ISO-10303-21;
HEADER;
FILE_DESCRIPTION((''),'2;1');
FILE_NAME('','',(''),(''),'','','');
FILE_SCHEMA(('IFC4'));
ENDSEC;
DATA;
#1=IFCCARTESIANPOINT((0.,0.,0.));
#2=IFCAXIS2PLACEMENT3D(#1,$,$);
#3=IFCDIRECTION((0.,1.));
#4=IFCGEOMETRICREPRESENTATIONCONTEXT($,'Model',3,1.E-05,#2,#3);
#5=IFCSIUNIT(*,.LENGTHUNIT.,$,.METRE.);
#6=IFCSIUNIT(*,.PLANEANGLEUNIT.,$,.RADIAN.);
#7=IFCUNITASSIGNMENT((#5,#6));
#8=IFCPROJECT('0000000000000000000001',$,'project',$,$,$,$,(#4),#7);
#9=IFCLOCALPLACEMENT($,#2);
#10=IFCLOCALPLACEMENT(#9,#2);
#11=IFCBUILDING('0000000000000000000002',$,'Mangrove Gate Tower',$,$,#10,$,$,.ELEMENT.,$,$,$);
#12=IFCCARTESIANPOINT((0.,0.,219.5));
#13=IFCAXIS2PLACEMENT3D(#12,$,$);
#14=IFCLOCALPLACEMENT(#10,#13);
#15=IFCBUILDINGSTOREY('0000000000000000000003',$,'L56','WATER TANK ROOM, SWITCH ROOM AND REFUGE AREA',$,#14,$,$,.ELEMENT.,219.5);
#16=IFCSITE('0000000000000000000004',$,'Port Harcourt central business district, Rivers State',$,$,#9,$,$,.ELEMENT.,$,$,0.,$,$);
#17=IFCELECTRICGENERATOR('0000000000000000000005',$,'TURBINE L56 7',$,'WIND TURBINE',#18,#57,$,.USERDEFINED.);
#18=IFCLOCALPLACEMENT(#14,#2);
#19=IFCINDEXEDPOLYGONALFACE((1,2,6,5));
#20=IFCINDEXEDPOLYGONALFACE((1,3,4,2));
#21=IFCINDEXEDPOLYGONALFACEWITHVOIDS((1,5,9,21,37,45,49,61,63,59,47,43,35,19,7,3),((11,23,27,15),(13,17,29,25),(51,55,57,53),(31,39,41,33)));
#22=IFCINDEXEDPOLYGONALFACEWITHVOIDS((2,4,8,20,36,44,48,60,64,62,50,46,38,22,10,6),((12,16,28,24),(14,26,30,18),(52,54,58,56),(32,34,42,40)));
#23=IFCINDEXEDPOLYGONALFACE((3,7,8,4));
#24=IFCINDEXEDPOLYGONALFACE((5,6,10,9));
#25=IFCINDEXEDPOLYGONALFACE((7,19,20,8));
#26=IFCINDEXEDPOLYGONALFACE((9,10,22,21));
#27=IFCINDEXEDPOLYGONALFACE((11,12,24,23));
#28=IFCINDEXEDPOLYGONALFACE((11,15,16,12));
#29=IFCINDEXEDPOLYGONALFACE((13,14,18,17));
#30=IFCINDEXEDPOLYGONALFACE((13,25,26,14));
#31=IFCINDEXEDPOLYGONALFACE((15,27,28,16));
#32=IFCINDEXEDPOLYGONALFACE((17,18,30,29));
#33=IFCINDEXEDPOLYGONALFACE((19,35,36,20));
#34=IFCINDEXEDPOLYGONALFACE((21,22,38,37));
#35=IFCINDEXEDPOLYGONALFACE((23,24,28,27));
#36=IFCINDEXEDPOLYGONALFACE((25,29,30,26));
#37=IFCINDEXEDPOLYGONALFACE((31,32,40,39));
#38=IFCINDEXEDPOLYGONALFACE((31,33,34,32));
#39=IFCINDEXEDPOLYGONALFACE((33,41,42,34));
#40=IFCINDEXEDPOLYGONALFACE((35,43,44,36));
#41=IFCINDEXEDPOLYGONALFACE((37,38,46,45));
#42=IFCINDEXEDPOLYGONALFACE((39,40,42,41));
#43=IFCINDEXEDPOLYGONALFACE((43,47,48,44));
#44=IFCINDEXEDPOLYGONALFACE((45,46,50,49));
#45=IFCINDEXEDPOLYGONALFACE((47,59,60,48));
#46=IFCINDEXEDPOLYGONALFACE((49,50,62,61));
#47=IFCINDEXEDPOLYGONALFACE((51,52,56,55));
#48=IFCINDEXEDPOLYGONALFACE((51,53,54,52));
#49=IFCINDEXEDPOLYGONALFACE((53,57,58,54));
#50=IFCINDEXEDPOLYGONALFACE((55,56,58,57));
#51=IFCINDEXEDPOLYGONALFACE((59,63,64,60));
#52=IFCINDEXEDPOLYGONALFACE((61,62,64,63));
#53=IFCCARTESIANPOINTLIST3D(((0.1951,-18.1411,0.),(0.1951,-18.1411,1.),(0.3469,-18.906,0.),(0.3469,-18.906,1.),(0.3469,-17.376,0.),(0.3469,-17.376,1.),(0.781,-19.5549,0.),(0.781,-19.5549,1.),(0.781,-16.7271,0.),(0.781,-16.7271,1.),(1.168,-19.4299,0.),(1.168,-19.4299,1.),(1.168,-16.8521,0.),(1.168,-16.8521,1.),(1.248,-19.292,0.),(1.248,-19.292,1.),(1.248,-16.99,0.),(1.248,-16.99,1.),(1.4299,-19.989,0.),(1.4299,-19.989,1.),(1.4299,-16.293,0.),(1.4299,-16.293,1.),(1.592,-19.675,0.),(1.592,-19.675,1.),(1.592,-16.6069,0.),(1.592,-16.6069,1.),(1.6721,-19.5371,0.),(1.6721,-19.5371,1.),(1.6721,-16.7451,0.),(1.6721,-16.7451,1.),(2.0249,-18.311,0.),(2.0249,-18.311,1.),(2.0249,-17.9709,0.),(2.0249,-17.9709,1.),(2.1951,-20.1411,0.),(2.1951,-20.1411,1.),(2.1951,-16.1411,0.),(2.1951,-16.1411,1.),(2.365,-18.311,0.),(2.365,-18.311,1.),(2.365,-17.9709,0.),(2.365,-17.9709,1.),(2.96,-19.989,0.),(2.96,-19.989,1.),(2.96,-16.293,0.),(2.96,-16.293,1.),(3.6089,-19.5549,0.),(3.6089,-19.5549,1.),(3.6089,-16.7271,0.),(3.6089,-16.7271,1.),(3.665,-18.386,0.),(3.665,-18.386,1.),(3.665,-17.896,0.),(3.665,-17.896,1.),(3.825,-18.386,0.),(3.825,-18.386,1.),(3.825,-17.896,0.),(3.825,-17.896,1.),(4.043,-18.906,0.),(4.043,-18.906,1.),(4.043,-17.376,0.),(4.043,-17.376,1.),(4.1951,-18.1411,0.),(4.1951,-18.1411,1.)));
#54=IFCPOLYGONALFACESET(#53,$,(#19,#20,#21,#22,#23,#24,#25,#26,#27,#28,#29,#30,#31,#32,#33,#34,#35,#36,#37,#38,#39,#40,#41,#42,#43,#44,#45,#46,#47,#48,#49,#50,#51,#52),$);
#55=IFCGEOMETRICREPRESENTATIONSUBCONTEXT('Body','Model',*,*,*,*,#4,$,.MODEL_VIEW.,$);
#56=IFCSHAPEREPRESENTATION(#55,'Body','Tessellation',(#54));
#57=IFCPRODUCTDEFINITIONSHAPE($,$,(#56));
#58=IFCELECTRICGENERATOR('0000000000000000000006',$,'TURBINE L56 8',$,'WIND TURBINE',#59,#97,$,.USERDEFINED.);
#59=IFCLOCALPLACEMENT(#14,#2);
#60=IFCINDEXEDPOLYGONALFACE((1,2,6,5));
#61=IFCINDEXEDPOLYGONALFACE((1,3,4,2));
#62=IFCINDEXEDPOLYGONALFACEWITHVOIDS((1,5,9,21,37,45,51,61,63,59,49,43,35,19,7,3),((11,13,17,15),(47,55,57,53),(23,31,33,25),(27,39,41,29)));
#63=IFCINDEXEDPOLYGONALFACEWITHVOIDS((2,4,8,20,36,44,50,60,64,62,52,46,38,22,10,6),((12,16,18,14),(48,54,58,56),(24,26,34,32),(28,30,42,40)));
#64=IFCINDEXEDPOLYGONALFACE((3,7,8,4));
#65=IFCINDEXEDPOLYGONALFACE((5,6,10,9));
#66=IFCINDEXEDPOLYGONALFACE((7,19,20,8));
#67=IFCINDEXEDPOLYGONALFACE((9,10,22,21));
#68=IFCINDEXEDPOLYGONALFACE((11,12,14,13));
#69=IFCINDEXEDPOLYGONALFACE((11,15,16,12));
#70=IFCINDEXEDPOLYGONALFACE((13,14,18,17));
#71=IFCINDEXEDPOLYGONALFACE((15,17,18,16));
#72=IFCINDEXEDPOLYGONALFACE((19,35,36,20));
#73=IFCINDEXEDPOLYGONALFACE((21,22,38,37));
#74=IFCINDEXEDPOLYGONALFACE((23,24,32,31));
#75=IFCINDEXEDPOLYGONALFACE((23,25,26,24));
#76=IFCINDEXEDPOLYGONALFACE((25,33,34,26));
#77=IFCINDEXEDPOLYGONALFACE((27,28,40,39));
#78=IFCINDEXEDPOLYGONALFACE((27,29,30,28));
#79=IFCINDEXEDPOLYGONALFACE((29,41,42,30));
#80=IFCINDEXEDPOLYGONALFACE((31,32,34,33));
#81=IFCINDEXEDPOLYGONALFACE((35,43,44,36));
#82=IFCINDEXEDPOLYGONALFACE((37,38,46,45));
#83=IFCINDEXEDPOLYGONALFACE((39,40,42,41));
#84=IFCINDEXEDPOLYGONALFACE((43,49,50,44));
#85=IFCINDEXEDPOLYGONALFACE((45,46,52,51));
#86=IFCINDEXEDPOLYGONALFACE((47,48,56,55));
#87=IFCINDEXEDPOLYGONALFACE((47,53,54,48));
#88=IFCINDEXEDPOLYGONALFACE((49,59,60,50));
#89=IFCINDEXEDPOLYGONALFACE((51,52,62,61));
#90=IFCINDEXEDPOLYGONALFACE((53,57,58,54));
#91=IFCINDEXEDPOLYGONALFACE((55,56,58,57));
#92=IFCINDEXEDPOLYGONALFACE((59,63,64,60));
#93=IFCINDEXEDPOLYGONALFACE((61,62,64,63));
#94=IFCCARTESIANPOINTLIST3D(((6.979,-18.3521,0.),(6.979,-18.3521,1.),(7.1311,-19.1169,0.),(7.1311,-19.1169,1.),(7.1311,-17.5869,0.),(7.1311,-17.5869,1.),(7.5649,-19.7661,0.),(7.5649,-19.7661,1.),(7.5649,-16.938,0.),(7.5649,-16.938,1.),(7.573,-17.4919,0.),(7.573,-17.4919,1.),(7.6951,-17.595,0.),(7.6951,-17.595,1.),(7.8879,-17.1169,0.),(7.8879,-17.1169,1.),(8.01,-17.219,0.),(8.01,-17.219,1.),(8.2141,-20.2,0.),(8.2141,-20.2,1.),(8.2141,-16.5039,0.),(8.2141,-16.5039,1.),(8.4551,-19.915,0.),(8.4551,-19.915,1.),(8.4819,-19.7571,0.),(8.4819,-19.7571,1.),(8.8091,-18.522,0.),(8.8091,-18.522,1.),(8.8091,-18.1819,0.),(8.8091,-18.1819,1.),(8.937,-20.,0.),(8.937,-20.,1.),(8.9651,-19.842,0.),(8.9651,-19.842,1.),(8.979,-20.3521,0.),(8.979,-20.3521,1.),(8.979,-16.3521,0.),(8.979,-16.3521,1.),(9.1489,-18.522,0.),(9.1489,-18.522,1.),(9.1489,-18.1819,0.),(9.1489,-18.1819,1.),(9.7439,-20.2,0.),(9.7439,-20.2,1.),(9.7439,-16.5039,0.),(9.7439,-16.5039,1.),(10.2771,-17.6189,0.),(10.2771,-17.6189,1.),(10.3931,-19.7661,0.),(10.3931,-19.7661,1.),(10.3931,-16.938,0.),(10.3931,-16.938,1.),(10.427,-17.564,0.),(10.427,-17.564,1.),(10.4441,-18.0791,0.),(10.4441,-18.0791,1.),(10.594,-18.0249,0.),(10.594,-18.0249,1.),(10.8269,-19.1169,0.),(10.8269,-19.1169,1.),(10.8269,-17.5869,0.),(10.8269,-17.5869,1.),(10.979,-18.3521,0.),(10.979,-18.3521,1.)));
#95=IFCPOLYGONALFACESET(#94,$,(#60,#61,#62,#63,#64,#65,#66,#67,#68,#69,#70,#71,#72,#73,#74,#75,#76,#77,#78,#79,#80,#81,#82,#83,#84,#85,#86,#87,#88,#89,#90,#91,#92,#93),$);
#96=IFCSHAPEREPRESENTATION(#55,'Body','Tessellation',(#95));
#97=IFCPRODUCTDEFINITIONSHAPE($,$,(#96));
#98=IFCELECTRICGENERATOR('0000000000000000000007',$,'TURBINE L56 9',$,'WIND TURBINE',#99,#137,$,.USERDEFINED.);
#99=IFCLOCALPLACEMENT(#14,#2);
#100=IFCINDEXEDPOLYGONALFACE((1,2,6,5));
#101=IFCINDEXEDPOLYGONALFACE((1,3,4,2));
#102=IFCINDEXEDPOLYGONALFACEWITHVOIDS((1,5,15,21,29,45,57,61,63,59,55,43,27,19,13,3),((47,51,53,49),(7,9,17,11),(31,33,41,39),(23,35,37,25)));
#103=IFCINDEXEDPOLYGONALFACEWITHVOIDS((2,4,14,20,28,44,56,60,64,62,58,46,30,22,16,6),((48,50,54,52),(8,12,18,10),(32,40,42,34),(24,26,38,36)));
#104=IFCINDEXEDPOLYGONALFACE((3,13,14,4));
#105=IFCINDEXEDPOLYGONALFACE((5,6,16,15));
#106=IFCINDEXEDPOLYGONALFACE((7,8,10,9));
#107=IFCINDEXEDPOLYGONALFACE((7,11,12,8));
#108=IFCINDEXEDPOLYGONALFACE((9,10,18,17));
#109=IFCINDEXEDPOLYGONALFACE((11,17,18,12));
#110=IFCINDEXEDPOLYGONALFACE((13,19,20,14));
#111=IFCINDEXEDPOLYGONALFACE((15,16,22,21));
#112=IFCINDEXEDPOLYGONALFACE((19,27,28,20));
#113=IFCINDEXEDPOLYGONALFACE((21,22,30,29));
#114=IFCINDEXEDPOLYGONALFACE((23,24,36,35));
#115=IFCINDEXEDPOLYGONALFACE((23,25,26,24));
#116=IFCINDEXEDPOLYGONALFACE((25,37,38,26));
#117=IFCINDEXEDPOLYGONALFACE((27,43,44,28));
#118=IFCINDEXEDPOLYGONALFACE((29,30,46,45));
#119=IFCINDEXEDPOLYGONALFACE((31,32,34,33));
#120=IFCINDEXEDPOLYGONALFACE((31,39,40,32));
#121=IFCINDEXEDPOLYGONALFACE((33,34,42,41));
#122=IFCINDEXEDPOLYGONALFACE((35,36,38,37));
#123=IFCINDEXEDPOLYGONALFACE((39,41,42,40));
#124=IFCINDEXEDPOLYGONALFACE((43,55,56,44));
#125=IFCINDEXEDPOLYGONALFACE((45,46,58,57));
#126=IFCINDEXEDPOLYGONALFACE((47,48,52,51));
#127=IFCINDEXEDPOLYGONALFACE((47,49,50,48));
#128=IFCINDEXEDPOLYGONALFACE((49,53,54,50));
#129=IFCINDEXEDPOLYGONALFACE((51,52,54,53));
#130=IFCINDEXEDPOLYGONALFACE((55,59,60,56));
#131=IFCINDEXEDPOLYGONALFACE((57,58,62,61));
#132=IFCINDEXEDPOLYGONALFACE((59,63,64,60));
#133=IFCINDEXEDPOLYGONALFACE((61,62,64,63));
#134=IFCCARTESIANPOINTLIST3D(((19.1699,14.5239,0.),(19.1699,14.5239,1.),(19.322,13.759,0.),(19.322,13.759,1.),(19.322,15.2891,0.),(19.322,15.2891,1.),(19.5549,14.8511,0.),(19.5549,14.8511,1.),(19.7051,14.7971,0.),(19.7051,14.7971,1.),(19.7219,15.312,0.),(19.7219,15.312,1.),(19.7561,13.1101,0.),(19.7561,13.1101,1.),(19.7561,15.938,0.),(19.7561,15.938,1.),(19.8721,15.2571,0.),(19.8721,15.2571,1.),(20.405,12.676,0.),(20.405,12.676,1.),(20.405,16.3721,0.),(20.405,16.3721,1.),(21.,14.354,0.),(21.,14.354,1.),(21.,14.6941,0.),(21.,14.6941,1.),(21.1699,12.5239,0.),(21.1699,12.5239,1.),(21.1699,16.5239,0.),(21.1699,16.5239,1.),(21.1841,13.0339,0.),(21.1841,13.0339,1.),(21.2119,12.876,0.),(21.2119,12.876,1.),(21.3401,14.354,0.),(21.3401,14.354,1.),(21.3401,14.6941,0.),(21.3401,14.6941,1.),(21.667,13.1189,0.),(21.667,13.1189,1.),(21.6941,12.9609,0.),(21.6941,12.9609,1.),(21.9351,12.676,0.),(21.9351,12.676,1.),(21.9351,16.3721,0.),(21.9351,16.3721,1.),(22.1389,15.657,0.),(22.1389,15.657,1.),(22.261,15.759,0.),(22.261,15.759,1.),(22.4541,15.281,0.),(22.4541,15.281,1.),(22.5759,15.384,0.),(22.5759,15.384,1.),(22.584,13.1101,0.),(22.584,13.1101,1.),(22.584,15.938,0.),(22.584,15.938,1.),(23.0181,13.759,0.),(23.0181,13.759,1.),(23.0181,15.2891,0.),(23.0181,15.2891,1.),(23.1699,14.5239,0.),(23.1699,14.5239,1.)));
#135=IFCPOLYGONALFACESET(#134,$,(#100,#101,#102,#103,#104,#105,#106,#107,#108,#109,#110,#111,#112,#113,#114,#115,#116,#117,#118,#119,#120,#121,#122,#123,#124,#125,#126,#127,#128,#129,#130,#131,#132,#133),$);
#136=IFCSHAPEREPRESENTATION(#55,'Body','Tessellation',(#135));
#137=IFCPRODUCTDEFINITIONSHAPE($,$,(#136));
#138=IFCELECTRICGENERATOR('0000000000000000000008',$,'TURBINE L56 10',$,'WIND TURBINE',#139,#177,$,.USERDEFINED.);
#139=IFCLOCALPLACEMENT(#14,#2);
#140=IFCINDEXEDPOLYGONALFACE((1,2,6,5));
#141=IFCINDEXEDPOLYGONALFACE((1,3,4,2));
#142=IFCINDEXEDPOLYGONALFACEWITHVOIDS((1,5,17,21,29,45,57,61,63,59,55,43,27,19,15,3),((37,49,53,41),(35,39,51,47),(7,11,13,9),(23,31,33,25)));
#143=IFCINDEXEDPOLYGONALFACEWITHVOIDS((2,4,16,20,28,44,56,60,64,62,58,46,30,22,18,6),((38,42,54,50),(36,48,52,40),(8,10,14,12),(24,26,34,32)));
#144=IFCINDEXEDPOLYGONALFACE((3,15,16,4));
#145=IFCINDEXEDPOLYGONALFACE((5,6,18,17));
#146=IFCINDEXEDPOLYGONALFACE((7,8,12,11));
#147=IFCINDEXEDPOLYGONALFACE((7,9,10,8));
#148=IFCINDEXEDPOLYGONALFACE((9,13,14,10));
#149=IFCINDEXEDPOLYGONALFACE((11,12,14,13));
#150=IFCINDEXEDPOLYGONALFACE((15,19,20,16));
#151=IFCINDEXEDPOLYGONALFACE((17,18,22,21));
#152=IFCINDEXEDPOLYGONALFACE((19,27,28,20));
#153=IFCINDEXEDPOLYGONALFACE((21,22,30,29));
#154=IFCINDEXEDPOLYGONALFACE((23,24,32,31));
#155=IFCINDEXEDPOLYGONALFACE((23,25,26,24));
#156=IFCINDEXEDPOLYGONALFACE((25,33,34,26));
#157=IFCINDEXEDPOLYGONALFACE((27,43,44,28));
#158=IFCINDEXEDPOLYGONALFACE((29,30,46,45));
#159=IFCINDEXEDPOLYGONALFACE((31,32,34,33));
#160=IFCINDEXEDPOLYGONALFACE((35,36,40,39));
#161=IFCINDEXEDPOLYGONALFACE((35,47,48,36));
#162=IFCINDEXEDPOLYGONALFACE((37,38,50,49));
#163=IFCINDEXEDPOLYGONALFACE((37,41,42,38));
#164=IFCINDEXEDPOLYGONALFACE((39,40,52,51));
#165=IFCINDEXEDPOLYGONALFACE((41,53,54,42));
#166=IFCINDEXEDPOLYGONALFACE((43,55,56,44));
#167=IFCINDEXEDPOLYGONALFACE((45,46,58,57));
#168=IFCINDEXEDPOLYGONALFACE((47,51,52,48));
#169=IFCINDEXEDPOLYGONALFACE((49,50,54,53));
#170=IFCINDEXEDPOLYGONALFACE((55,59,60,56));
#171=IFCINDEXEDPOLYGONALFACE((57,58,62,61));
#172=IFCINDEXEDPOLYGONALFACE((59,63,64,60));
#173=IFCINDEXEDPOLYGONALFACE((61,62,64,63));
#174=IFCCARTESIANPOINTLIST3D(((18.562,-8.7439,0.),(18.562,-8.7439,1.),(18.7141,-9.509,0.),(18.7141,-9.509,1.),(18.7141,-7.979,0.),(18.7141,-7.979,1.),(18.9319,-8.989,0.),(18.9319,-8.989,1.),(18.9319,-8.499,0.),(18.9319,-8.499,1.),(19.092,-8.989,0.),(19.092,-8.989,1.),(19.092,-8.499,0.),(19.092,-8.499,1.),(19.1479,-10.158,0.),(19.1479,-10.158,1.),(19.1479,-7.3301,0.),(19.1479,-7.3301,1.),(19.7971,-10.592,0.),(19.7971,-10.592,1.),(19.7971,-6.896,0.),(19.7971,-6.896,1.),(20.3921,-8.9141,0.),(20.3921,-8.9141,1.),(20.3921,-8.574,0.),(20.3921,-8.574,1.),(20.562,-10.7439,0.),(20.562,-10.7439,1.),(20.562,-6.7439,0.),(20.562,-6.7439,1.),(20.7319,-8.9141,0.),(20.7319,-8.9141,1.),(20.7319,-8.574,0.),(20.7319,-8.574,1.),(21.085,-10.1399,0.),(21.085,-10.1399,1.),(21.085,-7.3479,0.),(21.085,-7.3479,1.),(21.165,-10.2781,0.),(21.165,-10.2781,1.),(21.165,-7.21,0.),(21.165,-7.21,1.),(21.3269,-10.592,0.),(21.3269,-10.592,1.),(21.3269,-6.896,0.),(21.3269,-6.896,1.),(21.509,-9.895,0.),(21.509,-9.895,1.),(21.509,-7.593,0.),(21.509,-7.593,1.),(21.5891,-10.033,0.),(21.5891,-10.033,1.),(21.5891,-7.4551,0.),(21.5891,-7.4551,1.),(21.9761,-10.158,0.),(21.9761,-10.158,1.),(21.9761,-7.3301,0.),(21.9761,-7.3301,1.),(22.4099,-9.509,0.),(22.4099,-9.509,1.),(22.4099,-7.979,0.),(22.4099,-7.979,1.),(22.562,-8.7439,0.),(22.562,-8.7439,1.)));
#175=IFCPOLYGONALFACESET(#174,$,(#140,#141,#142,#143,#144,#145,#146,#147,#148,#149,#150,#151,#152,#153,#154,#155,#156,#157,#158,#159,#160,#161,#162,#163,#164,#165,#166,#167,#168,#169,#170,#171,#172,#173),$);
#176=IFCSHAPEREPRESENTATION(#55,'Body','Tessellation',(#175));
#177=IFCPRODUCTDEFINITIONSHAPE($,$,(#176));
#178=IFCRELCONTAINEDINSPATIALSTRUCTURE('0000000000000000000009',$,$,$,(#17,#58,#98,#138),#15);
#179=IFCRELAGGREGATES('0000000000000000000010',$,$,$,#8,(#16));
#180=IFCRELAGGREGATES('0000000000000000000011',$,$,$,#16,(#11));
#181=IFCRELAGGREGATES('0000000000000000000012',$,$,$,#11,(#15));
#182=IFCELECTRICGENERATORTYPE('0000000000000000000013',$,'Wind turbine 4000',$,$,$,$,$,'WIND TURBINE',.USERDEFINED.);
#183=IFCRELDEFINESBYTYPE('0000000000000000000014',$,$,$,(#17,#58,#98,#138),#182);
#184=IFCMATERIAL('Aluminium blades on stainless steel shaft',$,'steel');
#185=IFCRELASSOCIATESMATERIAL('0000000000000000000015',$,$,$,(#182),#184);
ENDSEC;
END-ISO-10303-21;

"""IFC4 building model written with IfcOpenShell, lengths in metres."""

from ifc_helpers import new_model, si_unit, direction, frame, origin, place, context, subcontext, project, spatial, polyline, outline, extrude, material, type_object, element, save


model = new_model("IFC4")

# Units and contexts
model_context = context("Model", 3, precision=1e-05, world=origin(), true_north=direction((0.0, 1.0)))
body_context = subcontext(model_context, "Body", "Model", "MODEL_VIEW")
ifc_project = project(units=[si_unit("LENGTHUNIT", "METRE"), si_unit("PLANEANGLEUNIT", "RADIAN")], contexts=[model_context])

# Site, building, storey
site_placement = place(None, origin())
site = spatial("IfcSite", under=ifc_project, at=site_placement, Name="Port Harcourt central business district, Rivers State", CompositionType="ELEMENT", RefElevation=0.0)
building_placement = place(site_placement, origin())
building = spatial("IfcBuilding", under=site, at=building_placement, Name="Mangrove Gate Tower", CompositionType="ELEMENT")
storey_placement = place(building_placement, frame((0.0, 0.0, 219.5)))
storey = spatial("IfcBuildingStorey", under=building, at=storey_placement, Name="L56", Description="WATER TANK ROOM, SWITCH ROOM AND REFUGE AREA", CompositionType="ELEMENT", Elevation=219.5)

# Electric generators
ifc_material_1 = material(Name="Aluminium blades on stainless steel shaft", Category="steel")
electric_generator_type = type_object("IfcElectricGeneratorType", Name="Wind turbine 4000", ElementType="WIND TURBINE", PredefinedType="USERDEFINED", material=ifc_material_1)
electric_generator_1_placement = place(storey_placement, origin())
element("IfcElectricGenerator", 1, at=electric_generator_1_placement, inside=storey, type_object=electric_generator_type, Name="TURBINE L56 7", ObjectType="WIND TURBINE", PredefinedType="USERDEFINED", context=body_context, shape_type="SweptSolid", body=[
    extrude(outline(polyline([(4.1951, -18.1411), (4.043, -17.376), (3.6089, -16.7271), (2.96, -16.293), (2.1951, -16.1411), (1.4299, -16.293), (0.781, -16.7271), (0.3469, -17.376), (0.1951, -18.1411), (0.3469, -18.906), (0.781, -19.5549), (1.4299, -19.989), (2.1951, -20.1411), (2.96, -19.989), (3.6089, -19.5549), (4.043, -18.906), (4.1951, -18.1411)]), holes=[polyline([(2.0249, -18.311), (2.365, -18.311), (2.365, -17.9709), (2.0249, -17.9709), (2.0249, -18.311)]), polyline([(3.665, -18.386), (3.665, -17.896), (3.825, -17.896), (3.825, -18.386), (3.665, -18.386)]), polyline([(1.6721, -16.7451), (1.248, -16.99), (1.168, -16.8521), (1.592, -16.6069), (1.6721, -16.7451)]), polyline([(1.248, -19.292), (1.6721, -19.5371), (1.592, -19.675), (1.168, -19.4299), (1.248, -19.292)])]), origin(), (0.0, 0.0, 1.0), 1.0),
])
electric_generator_2_placement = place(storey_placement, origin())
element("IfcElectricGenerator", 2, at=electric_generator_2_placement, inside=storey, type_object=electric_generator_type, Name="TURBINE L56 8", ObjectType="WIND TURBINE", PredefinedType="USERDEFINED", context=body_context, shape_type="SweptSolid", body=[
    extrude(outline(polyline([(10.979, -18.3521), (10.8269, -17.5869), (10.3931, -16.938), (9.7439, -16.5039), (8.979, -16.3521), (8.2141, -16.5039), (7.5649, -16.938), (7.1311, -17.5869), (6.979, -18.3521), (7.1311, -19.1169), (7.5649, -19.7661), (8.2141, -20.2), (8.979, -20.3521), (9.7439, -20.2), (10.3931, -19.7661), (10.8269, -19.1169), (10.979, -18.3521)]), holes=[polyline([(8.8091, -18.522), (9.1489, -18.522), (9.1489, -18.1819), (8.8091, -18.1819), (8.8091, -18.522)]), polyline([(10.4441, -18.0791), (10.2771, -17.6189), (10.427, -17.564), (10.594, -18.0249), (10.4441, -18.0791)]), polyline([(8.01, -17.219), (7.6951, -17.595), (7.573, -17.4919), (7.8879, -17.1169), (8.01, -17.219)]), polyline([(8.4819, -19.7571), (8.9651, -19.842), (8.937, -20.0), (8.4551, -19.915), (8.4819, -19.7571)])]), origin(), (0.0, 0.0, 1.0), 1.0),
])
electric_generator_3_placement = place(storey_placement, origin())
element("IfcElectricGenerator", 3, at=electric_generator_3_placement, inside=storey, type_object=electric_generator_type, Name="TURBINE L56 9", ObjectType="WIND TURBINE", PredefinedType="USERDEFINED", context=body_context, shape_type="SweptSolid", body=[
    extrude(outline(polyline([(23.1699, 14.5239), (23.0181, 15.2891), (22.584, 15.938), (21.9351, 16.3721), (21.1699, 16.5239), (20.405, 16.3721), (19.7561, 15.938), (19.322, 15.2891), (19.1699, 14.5239), (19.322, 13.759), (19.7561, 13.1101), (20.405, 12.676), (21.1699, 12.5239), (21.9351, 12.676), (22.584, 13.1101), (23.0181, 13.759), (23.1699, 14.5239)]), holes=[polyline([(21.0, 14.354), (21.3401, 14.354), (21.3401, 14.6941), (21.0, 14.6941), (21.0, 14.354)]), polyline([(22.4541, 15.281), (22.1389, 15.657), (22.261, 15.759), (22.5759, 15.384), (22.4541, 15.281)]), polyline([(19.8721, 15.2571), (19.7051, 14.7971), (19.5549, 14.8511), (19.7219, 15.312), (19.8721, 15.2571)]), polyline([(21.1841, 13.0339), (21.667, 13.1189), (21.6941, 12.9609), (21.2119, 12.876), (21.1841, 13.0339)])]), origin(), (0.0, 0.0, 1.0), 1.0),
])
electric_generator_4_placement = place(storey_placement, origin())
element("IfcElectricGenerator", 4, at=electric_generator_4_placement, inside=storey, type_object=electric_generator_type, Name="TURBINE L56 10", ObjectType="WIND TURBINE", PredefinedType="USERDEFINED", context=body_context, shape_type="SweptSolid", body=[
    extrude(outline(polyline([(22.562, -8.7439), (22.4099, -7.979), (21.9761, -7.3301), (21.3269, -6.896), (20.562, -6.7439), (19.7971, -6.896), (19.1479, -7.3301), (18.7141, -7.979), (18.562, -8.7439), (18.7141, -9.509), (19.1479, -10.158), (19.7971, -10.592), (20.562, -10.7439), (21.3269, -10.592), (21.9761, -10.158), (22.4099, -9.509), (22.562, -8.7439)]), holes=[polyline([(20.3921, -8.9141), (20.7319, -8.9141), (20.7319, -8.574), (20.3921, -8.574), (20.3921, -8.9141)]), polyline([(21.509, -7.593), (21.085, -7.3479), (21.165, -7.21), (21.5891, -7.4551), (21.509, -7.593)]), polyline([(19.092, -8.499), (19.092, -8.989), (18.9319, -8.989), (18.9319, -8.499), (19.092, -8.499)]), polyline([(21.085, -10.1399), (21.509, -9.895), (21.5891, -10.033), (21.165, -10.2781), (21.085, -10.1399)])]), origin(), (0.0, 0.0, 1.0), 1.0),
])

save(model, "model.ifc")
